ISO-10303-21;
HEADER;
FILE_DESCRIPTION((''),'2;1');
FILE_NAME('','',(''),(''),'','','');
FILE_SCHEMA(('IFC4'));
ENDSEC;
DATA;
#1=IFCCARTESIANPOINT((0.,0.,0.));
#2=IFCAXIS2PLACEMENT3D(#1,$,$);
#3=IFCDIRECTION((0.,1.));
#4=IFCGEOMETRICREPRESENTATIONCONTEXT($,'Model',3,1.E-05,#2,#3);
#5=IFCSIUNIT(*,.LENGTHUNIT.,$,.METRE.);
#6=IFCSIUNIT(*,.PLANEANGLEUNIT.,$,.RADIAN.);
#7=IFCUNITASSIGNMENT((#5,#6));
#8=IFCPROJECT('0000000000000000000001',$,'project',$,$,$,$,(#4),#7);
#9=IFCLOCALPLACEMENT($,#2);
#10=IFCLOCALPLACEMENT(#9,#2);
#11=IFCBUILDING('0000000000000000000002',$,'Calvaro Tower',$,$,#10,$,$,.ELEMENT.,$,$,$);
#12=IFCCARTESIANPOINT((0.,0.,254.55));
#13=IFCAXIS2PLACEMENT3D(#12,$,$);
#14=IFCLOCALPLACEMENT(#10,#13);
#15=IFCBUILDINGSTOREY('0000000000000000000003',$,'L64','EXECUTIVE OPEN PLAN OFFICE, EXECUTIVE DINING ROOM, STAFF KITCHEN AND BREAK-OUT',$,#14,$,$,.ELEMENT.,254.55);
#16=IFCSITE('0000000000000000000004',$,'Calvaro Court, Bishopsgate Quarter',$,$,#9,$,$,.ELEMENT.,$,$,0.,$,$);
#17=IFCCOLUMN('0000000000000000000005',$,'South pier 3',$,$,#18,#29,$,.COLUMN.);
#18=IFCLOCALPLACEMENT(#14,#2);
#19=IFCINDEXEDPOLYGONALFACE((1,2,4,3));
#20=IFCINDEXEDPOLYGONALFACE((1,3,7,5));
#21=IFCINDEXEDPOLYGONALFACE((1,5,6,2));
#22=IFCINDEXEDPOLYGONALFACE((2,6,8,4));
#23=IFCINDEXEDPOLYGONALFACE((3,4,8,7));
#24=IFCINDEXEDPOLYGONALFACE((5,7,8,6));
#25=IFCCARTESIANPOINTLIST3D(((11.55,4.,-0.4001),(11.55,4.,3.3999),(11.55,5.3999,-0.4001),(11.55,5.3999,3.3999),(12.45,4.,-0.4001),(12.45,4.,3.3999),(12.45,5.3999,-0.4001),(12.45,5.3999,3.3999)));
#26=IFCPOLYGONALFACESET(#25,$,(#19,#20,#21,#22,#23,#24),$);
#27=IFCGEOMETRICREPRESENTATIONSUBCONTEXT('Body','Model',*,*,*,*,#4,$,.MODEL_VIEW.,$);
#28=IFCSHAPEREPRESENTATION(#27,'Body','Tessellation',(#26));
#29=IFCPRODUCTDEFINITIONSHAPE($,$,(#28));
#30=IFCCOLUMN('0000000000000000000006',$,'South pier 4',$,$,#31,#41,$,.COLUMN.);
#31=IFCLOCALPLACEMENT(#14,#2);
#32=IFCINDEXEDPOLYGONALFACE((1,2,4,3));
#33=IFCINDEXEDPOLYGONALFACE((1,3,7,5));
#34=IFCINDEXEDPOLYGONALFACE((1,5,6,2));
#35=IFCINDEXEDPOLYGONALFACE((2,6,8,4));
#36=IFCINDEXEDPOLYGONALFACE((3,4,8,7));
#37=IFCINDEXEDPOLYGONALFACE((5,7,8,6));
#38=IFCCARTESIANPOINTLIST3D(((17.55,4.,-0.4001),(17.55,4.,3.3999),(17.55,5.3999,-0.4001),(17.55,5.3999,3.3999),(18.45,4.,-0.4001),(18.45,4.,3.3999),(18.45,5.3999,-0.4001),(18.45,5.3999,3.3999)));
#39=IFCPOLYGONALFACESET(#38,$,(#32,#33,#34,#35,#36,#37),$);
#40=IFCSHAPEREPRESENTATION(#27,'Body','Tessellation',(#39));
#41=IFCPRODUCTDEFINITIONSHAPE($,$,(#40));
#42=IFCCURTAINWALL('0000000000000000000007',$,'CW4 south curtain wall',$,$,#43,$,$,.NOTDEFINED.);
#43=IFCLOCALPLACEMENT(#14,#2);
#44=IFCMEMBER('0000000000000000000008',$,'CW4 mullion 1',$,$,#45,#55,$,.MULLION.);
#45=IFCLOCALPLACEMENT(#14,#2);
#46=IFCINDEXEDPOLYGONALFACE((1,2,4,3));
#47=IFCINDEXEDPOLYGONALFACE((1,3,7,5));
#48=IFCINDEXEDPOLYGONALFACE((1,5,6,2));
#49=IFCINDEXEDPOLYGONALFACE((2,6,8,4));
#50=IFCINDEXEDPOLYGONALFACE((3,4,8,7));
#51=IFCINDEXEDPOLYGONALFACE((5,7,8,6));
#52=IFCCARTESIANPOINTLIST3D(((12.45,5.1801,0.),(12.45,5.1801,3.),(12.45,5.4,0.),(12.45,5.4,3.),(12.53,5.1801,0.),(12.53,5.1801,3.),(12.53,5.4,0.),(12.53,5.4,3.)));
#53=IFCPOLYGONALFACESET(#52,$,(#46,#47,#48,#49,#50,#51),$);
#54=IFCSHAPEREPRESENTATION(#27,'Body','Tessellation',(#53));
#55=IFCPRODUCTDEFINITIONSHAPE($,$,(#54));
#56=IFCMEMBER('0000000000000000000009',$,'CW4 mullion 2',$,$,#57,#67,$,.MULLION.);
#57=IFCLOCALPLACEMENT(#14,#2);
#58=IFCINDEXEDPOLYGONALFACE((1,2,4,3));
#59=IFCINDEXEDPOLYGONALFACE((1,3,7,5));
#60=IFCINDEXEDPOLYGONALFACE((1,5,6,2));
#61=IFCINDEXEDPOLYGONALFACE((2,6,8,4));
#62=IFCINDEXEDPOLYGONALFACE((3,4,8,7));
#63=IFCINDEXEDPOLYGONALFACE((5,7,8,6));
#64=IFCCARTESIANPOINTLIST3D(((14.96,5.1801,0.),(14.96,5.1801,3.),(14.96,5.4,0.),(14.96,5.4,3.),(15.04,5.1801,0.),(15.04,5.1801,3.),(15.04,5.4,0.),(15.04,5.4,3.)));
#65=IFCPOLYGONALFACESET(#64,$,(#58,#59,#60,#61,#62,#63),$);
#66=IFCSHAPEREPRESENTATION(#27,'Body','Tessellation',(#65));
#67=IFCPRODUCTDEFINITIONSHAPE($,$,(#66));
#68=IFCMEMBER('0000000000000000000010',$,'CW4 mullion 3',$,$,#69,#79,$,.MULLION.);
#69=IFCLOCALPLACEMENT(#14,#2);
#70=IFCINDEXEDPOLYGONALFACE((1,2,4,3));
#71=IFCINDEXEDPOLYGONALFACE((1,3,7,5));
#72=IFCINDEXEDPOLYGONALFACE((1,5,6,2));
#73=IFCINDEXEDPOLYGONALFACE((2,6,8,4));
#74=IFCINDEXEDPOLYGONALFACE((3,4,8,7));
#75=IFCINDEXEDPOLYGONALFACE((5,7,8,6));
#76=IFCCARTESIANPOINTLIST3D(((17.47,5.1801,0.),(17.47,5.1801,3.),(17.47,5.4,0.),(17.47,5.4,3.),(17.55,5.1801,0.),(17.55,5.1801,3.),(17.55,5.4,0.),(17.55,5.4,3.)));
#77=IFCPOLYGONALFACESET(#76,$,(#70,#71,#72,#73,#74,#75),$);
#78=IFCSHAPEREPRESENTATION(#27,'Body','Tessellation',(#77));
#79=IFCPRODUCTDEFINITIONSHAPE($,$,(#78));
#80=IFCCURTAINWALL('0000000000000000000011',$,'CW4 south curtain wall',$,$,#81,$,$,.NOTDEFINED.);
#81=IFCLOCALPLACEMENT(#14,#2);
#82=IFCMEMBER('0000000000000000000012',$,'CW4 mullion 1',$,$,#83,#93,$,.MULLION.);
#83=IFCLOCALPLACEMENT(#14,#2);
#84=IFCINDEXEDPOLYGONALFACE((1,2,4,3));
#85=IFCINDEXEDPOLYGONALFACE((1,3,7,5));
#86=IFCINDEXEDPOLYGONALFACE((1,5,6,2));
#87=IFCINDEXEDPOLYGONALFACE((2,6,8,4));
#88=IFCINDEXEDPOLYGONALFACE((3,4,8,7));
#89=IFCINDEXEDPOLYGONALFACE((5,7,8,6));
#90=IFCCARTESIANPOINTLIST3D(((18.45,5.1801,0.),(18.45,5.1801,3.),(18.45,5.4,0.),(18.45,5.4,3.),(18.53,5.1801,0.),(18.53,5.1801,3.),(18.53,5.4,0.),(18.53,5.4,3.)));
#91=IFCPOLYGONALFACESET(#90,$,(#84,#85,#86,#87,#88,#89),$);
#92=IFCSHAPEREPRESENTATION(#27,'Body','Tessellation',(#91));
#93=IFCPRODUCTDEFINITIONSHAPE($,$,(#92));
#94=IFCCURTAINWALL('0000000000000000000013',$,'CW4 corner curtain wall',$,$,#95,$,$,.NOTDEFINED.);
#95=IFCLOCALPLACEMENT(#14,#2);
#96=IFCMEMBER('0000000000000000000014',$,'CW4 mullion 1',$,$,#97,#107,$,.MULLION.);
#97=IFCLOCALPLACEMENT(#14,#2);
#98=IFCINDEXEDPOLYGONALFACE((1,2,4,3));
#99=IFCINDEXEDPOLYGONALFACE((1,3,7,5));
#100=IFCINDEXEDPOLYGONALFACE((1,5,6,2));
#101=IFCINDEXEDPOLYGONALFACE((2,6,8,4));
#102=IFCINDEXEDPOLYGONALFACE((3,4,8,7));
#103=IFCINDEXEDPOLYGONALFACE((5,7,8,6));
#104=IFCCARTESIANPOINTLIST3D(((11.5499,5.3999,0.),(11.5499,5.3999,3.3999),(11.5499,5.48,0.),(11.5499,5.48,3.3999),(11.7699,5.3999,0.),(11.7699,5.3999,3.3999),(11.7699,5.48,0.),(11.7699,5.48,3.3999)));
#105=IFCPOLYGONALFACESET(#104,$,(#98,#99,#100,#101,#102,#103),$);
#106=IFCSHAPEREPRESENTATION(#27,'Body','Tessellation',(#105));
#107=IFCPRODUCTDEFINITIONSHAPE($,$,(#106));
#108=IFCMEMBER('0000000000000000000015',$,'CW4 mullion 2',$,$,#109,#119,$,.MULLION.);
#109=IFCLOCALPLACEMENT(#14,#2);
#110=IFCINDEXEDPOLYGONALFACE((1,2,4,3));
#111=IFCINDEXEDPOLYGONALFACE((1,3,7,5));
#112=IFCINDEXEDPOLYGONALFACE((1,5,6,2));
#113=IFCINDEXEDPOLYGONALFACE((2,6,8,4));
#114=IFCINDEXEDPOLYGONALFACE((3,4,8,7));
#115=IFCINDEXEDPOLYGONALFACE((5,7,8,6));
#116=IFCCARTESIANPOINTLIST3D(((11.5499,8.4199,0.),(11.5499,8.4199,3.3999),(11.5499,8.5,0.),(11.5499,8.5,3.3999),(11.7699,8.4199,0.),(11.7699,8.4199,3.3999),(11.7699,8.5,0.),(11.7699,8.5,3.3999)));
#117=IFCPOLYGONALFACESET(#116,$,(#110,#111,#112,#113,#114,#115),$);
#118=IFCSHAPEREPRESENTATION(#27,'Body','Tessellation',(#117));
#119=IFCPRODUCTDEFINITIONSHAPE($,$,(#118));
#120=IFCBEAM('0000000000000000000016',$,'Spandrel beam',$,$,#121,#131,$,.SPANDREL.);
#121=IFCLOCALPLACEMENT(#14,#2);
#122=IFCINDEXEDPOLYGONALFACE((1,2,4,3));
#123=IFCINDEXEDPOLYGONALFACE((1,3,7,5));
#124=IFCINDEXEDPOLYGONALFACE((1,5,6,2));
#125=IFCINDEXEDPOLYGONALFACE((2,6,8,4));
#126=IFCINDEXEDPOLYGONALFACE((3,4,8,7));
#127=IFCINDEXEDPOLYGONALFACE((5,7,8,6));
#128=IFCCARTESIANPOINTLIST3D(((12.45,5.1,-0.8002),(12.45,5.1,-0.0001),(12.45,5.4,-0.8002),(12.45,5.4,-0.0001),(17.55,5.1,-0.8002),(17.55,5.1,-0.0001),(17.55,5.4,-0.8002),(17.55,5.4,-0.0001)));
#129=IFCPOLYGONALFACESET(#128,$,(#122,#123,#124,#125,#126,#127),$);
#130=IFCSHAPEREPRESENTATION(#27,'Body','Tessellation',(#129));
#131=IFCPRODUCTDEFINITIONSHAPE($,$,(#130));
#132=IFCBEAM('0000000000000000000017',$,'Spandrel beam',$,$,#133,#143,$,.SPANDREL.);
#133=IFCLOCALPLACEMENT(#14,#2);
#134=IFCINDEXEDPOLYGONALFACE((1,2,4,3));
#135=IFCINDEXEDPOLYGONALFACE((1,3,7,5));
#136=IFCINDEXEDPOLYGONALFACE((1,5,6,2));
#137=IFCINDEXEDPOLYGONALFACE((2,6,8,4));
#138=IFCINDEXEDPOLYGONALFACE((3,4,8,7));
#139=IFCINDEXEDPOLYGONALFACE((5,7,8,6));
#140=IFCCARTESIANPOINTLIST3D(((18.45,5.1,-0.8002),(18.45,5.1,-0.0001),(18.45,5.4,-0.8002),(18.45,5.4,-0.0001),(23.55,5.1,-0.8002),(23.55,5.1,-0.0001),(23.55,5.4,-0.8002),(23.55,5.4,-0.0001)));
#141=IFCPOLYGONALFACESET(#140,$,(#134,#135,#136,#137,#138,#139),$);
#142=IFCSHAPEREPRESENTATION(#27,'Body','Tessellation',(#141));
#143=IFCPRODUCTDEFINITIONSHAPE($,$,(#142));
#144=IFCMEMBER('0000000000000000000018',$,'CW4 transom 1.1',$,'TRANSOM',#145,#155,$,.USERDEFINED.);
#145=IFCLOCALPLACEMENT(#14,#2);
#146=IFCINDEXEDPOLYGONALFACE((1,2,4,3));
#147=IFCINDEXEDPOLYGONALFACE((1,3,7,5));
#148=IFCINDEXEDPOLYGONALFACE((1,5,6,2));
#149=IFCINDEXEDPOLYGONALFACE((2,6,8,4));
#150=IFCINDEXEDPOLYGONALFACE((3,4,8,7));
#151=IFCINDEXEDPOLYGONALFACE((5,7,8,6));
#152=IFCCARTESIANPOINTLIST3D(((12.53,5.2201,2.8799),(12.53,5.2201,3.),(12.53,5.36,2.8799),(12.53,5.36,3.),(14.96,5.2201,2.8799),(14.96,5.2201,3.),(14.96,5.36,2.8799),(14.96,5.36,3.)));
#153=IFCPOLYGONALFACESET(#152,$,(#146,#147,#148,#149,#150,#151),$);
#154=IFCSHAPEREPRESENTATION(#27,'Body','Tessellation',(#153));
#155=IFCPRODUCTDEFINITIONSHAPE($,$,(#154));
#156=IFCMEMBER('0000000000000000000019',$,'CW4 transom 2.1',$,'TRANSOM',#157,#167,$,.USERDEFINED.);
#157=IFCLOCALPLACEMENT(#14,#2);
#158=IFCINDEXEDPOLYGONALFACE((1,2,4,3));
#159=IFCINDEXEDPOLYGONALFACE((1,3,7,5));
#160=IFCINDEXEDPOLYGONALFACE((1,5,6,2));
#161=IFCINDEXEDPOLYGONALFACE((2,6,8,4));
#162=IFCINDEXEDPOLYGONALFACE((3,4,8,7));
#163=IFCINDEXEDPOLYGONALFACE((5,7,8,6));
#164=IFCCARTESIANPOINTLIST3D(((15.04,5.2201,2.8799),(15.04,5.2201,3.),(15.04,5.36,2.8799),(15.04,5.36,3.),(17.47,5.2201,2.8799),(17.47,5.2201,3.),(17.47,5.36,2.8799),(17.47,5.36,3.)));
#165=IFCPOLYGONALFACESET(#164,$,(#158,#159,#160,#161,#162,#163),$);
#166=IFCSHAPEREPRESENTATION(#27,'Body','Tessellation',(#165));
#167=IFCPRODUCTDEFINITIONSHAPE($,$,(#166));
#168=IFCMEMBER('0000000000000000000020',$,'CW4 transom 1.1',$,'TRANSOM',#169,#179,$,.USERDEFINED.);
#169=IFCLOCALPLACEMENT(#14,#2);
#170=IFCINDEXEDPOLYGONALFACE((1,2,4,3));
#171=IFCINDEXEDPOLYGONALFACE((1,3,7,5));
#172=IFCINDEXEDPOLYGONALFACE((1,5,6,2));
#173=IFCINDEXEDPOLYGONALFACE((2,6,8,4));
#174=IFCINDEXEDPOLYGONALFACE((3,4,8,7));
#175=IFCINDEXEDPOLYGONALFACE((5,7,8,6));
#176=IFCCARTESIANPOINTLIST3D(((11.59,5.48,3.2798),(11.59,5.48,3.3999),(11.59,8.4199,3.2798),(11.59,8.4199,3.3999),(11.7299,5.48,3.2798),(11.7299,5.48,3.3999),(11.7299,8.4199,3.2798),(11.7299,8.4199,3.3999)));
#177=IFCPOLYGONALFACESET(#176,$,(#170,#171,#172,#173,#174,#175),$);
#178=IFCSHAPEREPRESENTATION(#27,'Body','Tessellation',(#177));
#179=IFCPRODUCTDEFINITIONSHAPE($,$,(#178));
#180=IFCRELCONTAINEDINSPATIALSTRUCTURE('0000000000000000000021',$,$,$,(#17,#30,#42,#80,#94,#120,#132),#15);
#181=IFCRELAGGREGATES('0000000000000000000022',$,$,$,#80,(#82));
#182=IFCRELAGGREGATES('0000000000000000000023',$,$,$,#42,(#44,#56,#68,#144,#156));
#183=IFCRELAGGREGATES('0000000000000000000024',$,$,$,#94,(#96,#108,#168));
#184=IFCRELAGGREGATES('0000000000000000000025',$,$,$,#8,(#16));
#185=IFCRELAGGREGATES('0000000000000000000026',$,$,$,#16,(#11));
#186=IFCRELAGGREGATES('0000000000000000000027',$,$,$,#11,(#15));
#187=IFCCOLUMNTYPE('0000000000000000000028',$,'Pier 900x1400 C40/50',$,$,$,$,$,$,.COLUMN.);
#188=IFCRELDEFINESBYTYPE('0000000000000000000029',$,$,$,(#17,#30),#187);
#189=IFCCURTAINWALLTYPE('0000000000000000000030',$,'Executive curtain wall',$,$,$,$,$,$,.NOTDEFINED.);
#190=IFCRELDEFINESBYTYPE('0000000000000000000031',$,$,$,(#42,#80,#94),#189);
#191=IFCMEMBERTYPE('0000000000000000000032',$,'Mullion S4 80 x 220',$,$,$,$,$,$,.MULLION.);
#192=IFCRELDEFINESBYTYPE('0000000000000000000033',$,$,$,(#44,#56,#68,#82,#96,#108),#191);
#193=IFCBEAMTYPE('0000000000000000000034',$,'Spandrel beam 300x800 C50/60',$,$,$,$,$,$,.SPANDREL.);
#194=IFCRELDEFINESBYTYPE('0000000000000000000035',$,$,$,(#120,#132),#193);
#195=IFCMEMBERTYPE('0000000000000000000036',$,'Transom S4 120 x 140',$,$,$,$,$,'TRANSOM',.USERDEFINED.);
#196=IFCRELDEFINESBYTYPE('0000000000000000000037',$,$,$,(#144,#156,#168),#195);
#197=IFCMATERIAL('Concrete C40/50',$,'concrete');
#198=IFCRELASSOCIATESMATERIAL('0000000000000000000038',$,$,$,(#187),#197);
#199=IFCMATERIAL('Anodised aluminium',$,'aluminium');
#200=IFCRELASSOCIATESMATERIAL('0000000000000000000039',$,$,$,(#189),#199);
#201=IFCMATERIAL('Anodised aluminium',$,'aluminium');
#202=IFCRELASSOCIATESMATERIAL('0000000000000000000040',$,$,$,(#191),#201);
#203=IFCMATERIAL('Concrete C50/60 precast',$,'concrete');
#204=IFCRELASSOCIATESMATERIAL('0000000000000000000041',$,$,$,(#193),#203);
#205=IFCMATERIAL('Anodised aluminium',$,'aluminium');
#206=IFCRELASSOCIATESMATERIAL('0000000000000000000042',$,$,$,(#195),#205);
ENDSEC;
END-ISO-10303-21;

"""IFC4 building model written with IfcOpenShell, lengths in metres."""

from ifc_helpers import new_model, si_unit, direction, frame, origin, origin_2d, place, context, subcontext, project, spatial, rectangle, extrude, material, material_profile, profile_set, type_object, element, aggregate, save


model = new_model("IFC4")

# Units and contexts
model_context = context("Model", 3, precision=1e-05, world=origin(), true_north=direction((0.0, 1.0)))
body_context = subcontext(model_context, "Body", "Model", "MODEL_VIEW")
ifc_project = project(units=[si_unit("LENGTHUNIT", "METRE"), si_unit("PLANEANGLEUNIT", "RADIAN")], contexts=[model_context])

# Site, building, storey
site_placement = place(None, origin())
site = spatial("IfcSite", under=ifc_project, at=site_placement, Name="Calvaro Court, Bishopsgate Quarter", CompositionType="ELEMENT", RefElevation=0.0)
building_placement = place(site_placement, origin())
building = spatial("IfcBuilding", under=site, at=building_placement, Name="Calvaro Tower", CompositionType="ELEMENT")
storey_placement = place(building_placement, frame((0.0, 0.0, 254.55)))
storey = spatial("IfcBuildingStorey", under=building, at=storey_placement, Name="L64", Description="EXECUTIVE OPEN PLAN OFFICE, EXECUTIVE DINING ROOM, STAFF KITCHEN AND BREAK-OUT", CompositionType="ELEMENT", Elevation=254.55)

# Columns
ifc_material_1 = material(Name="Concrete C40/50", Category="concrete")
ifc_material_profile_1 = material_profile(ifc_material_1, rectangle(XDim=0.8999, YDim=1.3999, at=origin_2d()), Name="RC 900x1400")
ifc_profile_set_1 = profile_set([ifc_material_profile_1], Name="Concrete C40/50")
column_type = type_object("IfcColumnType", Name="Pier 900x1400 C40/50", PredefinedType="COLUMN", material=ifc_profile_set_1)
for number, where, z_axis, x_axis, name in (
    (1, (12.0, 4.7, -0.4001), (0.0, 0.0, 1.0), (1.0, 0.0, 0.0), "South pier 3"),
    (2, (18.0, 4.7, -0.4001), (0.0, 0.0, 1.0), (1.0, 0.0, 0.0), "South pier 4"),
):
    element("IfcColumn", number, at=place(storey_placement, frame(where, z_axis=z_axis, x_axis=x_axis)), inside=storey, type_object=column_type, Name=name, PredefinedType="COLUMN", context=body_context, shape_type="SweptSolid", body=[
        extrude(rectangle(XDim=0.8999, YDim=1.3999, at=origin_2d()), origin(), (0.0, 0.0, 1.0), 3.8),
    ])

# Curtain wall, members
ifc_material_2 = material(Name="Anodised aluminium", Category="aluminium")
curtain_wall_type = type_object("IfcCurtainWallType", Name="Executive curtain wall", PredefinedType="NOTDEFINED", material=ifc_material_2)
curtain_wall_1_placement = place(storey_placement, origin())
curtain_wall_1 = element("IfcCurtainWall", 3, at=curtain_wall_1_placement, inside=storey, type_object=curtain_wall_type, Name="CW4 south curtain wall", PredefinedType="NOTDEFINED")
ifc_material_3 = material(Name="Anodised aluminium", Category="aluminium")
ifc_material_profile_2 = material_profile(ifc_material_3, rectangle(XDim=0.22, YDim=0.0801, at=origin_2d()), Name="Mullion S4 80 x 220")
ifc_profile_set_2 = profile_set([ifc_material_profile_2], Name="Anodised aluminium")
member_type_1 = type_object("IfcMemberType", Name="Mullion S4 80 x 220", PredefinedType="MULLION", material=ifc_profile_set_2)
member_1_placement = place(storey_placement, frame((12.49, 5.29, 0.0), z_axis=(0.0, 0.0, 1.0), x_axis=(0.0, 1.0, 0.0)))
member_1 = element("IfcMember", 4, at=member_1_placement, type_object=member_type_1, Name="CW4 mullion 1", PredefinedType="MULLION", context=body_context, shape_type="SweptSolid", body=[
    extrude(rectangle(XDim=0.22, YDim=0.0801, at=origin_2d()), origin(), (0.0, 0.0, 1.0), 3.0),
])
member_2_placement = place(storey_placement, frame((15.0, 5.29, 0.0), z_axis=(0.0, 0.0, 1.0), x_axis=(0.0, 1.0, 0.0)))
member_2 = element("IfcMember", 5, at=member_2_placement, type_object=member_type_1, Name="CW4 mullion 2", PredefinedType="MULLION", context=body_context, shape_type="SweptSolid", body=[
    extrude(rectangle(XDim=0.22, YDim=0.0801, at=origin_2d()), origin(), (0.0, 0.0, 1.0), 3.0),
])
member_3_placement = place(storey_placement, frame((17.51, 5.29, 0.0), z_axis=(0.0, 0.0, 1.0), x_axis=(0.0, 1.0, 0.0)))
member_3 = element("IfcMember", 6, at=member_3_placement, type_object=member_type_1, Name="CW4 mullion 3", PredefinedType="MULLION", context=body_context, shape_type="SweptSolid", body=[
    extrude(rectangle(XDim=0.22, YDim=0.0801, at=origin_2d()), origin(), (0.0, 0.0, 1.0), 3.0),
])

# Curtain wall, member
curtain_wall_2_placement = place(storey_placement, origin())
curtain_wall_2 = element("IfcCurtainWall", 7, at=curtain_wall_2_placement, inside=storey, type_object=curtain_wall_type, Name="CW4 south curtain wall", PredefinedType="NOTDEFINED")
member_4_placement = place(storey_placement, frame((18.49, 5.29, 0.0), z_axis=(0.0, 0.0, 1.0), x_axis=(0.0, 1.0, 0.0)))
member_4 = element("IfcMember", 8, at=member_4_placement, type_object=member_type_1, Name="CW4 mullion 1", PredefinedType="MULLION", context=body_context, shape_type="SweptSolid", body=[
    extrude(rectangle(XDim=0.22, YDim=0.0801, at=origin_2d()), origin(), (0.0, 0.0, 1.0), 3.0),
])
aggregate(curtain_wall_2, [member_4])

# Curtain wall, members
curtain_wall_3_placement = place(storey_placement, origin())
curtain_wall_3 = element("IfcCurtainWall", 9, at=curtain_wall_3_placement, inside=storey, type_object=curtain_wall_type, Name="CW4 corner curtain wall", PredefinedType="NOTDEFINED")
member_5_placement = place(storey_placement, frame((11.6599, 5.4399, 0.0), z_axis=(0.0, 0.0, 1.0), x_axis=(-1.0, 0.0, 0.0)))
member_5 = element("IfcMember", 10, at=member_5_placement, type_object=member_type_1, Name="CW4 mullion 1", PredefinedType="MULLION", context=body_context, shape_type="SweptSolid", body=[
    extrude(rectangle(XDim=0.22, YDim=0.0801, at=origin_2d()), origin(), (0.0, 0.0, 1.0), 3.3999),
])
member_6_placement = place(storey_placement, frame((11.6599, 8.46, 0.0), z_axis=(0.0, 0.0, 1.0), x_axis=(-1.0, 0.0, 0.0)))
member_6 = element("IfcMember", 11, at=member_6_placement, type_object=member_type_1, Name="CW4 mullion 2", PredefinedType="MULLION", context=body_context, shape_type="SweptSolid", body=[
    extrude(rectangle(XDim=0.22, YDim=0.0801, at=origin_2d()), origin(), (0.0, 0.0, 1.0), 3.3999),
])

# Beams
ifc_material_4 = material(Name="Concrete C50/60 precast", Category="concrete")
ifc_material_profile_3 = material_profile(ifc_material_4, rectangle(XDim=0.3, YDim=0.8, at=origin_2d()), Name="RC 300x800")
ifc_profile_set_3 = profile_set([ifc_material_profile_3], Name="Concrete C50/60 precast")
beam_type = type_object("IfcBeamType", Name="Spandrel beam 300x800 C50/60", PredefinedType="SPANDREL", material=ifc_profile_set_3)
for number, where, z_axis, x_axis, name in (
    (12, (12.45, 5.25, -0.4001), (1.0, 0.0, 0.0), (0.0, 1.0, 0.0), "Spandrel beam"),
    (13, (18.45, 5.25, -0.4001), (1.0, 0.0, 0.0), (0.0, 1.0, 0.0), "Spandrel beam"),
):
    element("IfcBeam", number, at=place(storey_placement, frame(where, z_axis=z_axis, x_axis=x_axis)), inside=storey, type_object=beam_type, Name=name, PredefinedType="SPANDREL", context=body_context, shape_type="SweptSolid", body=[
        extrude(rectangle(XDim=0.3, YDim=0.8, at=origin_2d()), origin(), (0.0, 0.0, 1.0), 5.1001),
    ])

# Members
ifc_material_5 = material(Name="Anodised aluminium", Category="aluminium")
ifc_material_profile_4 = material_profile(ifc_material_5, rectangle(XDim=0.1399, YDim=0.1201, at=origin_2d()), Name="Transom S4 120 x 140")
ifc_profile_set_4 = profile_set([ifc_material_profile_4], Name="Anodised aluminium")
member_type_2 = type_object("IfcMemberType", Name="Transom S4 120 x 140", ElementType="TRANSOM", PredefinedType="USERDEFINED", material=ifc_profile_set_4)
member_7_placement = place(storey_placement, frame((12.53, 5.29, 2.9399), z_axis=(1.0, 0.0, 0.0), x_axis=(0.0, 1.0, 0.0)))
member_7 = element("IfcMember", 14, at=member_7_placement, type_object=member_type_2, Name="CW4 transom 1.1", ObjectType="TRANSOM", PredefinedType="USERDEFINED", context=body_context, shape_type="SweptSolid", body=[
    extrude(rectangle(XDim=0.1399, YDim=0.1201, at=origin_2d()), origin(), (0.0, 0.0, 1.0), 2.4299),
])
member_8_placement = place(storey_placement, frame((15.04, 5.29, 2.9399), z_axis=(1.0, 0.0, 0.0), x_axis=(0.0, 1.0, 0.0)))
member_8 = element("IfcMember", 15, at=member_8_placement, type_object=member_type_2, Name="CW4 transom 2.1", ObjectType="TRANSOM", PredefinedType="USERDEFINED", context=body_context, shape_type="SweptSolid", body=[
    extrude(rectangle(XDim=0.1399, YDim=0.1201, at=origin_2d()), origin(), (0.0, 0.0, 1.0), 2.4299),
])
member_9_placement = place(storey_placement, frame((11.6599, 5.48, 3.3398), z_axis=(0.0, 1.0, 0.0), x_axis=(-1.0, 0.0, 0.0)))
member_9 = element("IfcMember", 16, at=member_9_placement, type_object=member_type_2, Name="CW4 transom 1.1", ObjectType="TRANSOM", PredefinedType="USERDEFINED", context=body_context, shape_type="SweptSolid", body=[
    extrude(rectangle(XDim=0.1399, YDim=0.1201, at=origin_2d()), origin(), (0.0, 0.0, 1.0), 2.9399),
])

aggregate(curtain_wall_1, [member_1, member_2, member_3, member_7, member_8])
aggregate(curtain_wall_3, [member_5, member_6, member_9])

save(model, "model.ifc")
